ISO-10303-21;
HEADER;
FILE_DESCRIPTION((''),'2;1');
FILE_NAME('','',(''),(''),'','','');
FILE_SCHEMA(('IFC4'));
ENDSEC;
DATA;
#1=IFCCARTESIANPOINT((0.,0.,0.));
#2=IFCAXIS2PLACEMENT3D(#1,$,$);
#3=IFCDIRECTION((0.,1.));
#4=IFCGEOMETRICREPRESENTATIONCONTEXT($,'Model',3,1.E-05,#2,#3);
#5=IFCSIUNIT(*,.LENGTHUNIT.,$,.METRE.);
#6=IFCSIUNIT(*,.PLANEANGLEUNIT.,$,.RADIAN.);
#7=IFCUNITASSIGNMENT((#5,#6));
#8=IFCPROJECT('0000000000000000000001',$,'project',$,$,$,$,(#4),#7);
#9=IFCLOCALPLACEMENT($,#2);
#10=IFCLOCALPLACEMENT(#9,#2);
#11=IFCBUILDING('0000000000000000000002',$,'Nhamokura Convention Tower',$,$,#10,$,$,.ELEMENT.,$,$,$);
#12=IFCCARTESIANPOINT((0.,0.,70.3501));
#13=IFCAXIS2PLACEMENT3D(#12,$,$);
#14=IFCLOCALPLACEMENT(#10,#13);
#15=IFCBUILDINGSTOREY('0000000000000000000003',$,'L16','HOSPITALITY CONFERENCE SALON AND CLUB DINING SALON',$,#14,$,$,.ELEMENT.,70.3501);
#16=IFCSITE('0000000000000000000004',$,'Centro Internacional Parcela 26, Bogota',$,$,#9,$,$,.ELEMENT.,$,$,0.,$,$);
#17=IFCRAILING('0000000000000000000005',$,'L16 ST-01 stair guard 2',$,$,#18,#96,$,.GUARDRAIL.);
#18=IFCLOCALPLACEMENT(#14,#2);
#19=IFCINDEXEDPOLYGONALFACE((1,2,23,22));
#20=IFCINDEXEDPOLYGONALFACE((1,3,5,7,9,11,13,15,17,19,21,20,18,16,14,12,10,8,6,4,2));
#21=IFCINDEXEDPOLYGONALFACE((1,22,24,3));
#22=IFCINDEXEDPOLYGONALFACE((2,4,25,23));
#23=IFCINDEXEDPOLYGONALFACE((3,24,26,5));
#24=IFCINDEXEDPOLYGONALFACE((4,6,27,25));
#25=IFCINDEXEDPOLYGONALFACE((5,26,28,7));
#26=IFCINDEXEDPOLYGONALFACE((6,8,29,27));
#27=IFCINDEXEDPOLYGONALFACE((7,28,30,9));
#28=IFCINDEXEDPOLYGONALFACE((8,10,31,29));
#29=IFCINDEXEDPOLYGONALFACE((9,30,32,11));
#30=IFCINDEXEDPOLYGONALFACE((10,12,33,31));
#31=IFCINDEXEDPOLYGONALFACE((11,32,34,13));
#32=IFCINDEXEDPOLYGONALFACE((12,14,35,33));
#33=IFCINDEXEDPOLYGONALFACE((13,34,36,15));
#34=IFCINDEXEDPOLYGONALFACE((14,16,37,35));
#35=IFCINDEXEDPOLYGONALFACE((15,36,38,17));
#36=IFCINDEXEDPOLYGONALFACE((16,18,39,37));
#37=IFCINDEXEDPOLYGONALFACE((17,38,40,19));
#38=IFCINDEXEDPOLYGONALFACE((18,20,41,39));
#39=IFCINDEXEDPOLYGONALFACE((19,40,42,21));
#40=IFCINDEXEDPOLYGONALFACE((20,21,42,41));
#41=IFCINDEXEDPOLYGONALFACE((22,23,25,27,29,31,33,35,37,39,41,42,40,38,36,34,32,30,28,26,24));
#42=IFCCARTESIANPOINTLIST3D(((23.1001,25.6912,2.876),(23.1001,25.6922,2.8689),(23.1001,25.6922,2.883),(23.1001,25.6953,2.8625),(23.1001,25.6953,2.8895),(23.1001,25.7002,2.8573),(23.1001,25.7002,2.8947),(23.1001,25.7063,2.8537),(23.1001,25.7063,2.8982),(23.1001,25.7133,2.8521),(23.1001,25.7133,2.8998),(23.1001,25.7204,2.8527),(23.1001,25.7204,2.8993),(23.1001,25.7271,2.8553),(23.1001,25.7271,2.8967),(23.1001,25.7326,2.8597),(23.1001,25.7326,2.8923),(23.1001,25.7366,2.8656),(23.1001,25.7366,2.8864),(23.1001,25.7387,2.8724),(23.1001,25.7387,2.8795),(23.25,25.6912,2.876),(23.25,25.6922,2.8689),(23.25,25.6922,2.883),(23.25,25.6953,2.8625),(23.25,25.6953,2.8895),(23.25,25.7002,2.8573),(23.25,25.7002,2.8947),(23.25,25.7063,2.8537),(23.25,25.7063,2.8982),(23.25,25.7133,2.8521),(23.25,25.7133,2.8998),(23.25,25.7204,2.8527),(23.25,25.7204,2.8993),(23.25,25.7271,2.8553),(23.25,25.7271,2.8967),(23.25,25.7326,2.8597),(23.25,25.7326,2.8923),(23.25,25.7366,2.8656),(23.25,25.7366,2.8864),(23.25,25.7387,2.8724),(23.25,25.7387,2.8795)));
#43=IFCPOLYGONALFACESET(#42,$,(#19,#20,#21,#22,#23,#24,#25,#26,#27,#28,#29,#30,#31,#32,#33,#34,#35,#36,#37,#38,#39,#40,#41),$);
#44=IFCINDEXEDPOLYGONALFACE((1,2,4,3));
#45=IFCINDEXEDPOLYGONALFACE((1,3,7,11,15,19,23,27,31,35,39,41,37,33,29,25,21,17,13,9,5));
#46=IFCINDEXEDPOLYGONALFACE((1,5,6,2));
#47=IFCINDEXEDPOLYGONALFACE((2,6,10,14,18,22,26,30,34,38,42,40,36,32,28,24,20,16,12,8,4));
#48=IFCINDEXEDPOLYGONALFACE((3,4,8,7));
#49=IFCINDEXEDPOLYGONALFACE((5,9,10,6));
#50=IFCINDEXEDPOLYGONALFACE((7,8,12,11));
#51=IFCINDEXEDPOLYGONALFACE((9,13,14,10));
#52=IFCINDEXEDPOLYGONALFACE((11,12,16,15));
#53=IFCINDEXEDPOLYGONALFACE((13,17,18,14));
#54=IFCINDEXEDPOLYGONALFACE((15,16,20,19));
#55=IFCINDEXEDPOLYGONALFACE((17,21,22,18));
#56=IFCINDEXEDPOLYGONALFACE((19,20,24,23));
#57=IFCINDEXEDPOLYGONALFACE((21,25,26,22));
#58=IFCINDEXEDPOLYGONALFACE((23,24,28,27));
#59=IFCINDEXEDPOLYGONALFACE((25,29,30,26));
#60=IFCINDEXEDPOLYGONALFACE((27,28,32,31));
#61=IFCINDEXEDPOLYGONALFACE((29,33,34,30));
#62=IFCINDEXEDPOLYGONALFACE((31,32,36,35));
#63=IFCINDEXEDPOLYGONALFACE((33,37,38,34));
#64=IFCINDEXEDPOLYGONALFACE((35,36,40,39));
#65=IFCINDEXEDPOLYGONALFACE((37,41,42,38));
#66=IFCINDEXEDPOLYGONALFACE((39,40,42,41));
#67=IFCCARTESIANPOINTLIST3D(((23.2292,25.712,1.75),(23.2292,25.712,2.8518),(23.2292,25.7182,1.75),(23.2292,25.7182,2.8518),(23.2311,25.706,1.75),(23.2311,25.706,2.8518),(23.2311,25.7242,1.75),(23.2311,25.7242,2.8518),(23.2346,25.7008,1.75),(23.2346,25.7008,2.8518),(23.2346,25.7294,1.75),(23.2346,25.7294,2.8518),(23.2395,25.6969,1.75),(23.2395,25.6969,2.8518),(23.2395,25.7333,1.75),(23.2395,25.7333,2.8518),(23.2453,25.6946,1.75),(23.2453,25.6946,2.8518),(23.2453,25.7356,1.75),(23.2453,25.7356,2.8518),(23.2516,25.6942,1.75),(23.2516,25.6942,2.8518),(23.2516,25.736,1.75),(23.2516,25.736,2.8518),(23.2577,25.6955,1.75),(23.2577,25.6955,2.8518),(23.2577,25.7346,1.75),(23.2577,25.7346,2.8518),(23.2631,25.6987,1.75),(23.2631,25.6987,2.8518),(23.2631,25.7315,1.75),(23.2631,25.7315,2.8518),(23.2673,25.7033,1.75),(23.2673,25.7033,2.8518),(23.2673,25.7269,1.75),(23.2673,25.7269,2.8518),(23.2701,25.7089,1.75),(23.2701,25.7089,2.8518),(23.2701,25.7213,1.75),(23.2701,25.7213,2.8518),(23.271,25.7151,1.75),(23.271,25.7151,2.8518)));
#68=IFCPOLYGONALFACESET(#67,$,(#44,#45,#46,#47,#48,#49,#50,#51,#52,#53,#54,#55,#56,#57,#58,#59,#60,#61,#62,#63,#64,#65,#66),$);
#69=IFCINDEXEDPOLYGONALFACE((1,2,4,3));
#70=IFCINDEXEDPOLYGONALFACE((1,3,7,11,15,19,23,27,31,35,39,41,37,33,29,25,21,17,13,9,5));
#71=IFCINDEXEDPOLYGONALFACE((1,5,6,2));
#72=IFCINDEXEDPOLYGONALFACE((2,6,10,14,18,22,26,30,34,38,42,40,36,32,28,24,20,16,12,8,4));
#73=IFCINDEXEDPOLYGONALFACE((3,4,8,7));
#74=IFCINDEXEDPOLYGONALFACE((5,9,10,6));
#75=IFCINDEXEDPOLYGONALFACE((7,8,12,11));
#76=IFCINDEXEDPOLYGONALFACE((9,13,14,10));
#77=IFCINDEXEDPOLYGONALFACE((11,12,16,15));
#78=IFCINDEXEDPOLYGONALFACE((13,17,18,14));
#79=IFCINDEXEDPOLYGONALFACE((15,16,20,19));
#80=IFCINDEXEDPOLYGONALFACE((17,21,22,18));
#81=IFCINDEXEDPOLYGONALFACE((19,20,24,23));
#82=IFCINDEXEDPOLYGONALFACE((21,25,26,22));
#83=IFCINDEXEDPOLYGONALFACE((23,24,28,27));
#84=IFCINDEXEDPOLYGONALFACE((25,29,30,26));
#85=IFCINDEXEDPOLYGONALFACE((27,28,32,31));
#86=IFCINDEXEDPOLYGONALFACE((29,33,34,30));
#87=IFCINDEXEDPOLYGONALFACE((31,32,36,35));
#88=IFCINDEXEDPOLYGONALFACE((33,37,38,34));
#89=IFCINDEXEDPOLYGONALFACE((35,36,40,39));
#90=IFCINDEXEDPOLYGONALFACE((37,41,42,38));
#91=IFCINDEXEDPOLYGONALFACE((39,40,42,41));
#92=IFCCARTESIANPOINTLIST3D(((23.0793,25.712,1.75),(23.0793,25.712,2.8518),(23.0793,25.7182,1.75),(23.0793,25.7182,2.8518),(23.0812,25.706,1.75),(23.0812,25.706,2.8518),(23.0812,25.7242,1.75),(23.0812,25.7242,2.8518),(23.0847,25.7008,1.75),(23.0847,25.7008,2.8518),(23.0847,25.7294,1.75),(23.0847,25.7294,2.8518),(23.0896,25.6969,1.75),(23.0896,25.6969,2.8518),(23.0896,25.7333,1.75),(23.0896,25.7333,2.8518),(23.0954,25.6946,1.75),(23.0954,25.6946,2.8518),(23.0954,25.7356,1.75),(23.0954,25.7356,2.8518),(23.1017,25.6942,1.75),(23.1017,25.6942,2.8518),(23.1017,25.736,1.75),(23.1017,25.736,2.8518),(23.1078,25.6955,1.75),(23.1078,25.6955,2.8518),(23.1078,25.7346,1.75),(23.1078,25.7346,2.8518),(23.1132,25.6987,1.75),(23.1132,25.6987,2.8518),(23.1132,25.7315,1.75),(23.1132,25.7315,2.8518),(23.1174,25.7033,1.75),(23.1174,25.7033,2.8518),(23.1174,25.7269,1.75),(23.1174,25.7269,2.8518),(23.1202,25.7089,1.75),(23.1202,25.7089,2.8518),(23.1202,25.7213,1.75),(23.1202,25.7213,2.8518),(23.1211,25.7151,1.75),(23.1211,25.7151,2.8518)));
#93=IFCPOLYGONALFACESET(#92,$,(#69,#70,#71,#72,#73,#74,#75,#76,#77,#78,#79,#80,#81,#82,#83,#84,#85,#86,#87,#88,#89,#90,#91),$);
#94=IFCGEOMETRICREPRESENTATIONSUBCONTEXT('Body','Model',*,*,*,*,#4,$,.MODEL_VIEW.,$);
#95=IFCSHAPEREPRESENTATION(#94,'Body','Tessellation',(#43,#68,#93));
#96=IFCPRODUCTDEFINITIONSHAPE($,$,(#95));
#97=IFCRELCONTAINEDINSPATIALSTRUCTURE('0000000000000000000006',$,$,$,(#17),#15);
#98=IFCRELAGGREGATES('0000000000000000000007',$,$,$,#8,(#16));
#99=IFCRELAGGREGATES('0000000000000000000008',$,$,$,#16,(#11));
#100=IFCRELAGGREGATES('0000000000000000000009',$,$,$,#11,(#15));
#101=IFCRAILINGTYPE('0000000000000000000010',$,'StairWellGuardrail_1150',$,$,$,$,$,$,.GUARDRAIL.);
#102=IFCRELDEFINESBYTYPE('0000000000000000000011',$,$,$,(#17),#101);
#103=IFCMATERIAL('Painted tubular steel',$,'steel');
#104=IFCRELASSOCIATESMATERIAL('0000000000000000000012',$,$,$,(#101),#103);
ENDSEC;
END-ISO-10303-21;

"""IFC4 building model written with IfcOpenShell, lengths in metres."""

from ifc_helpers import new_model, si_unit, direction, frame, origin, origin_2d, place, context, subcontext, project, spatial, circle, extrude, material, type_object, element, save


model = new_model("IFC4")

# Units and contexts
model_context = context("Model", 3, precision=1e-05, world=origin(), true_north=direction((0.0, 1.0)))
body_context = subcontext(model_context, "Body", "Model", "MODEL_VIEW")
ifc_project = project(units=[si_unit("LENGTHUNIT", "METRE"), si_unit("PLANEANGLEUNIT", "RADIAN")], contexts=[model_context])

# Site, building, storey
site_placement = place(None, origin())
site = spatial("IfcSite", under=ifc_project, at=site_placement, Name="Centro Internacional Parcela 26, Bogota", CompositionType="ELEMENT", RefElevation=0.0)
building_placement = place(site_placement, origin())
building = spatial("IfcBuilding", under=site, at=building_placement, Name="Nhamokura Convention Tower", CompositionType="ELEMENT")
storey_placement = place(building_placement, frame((0.0, 0.0, 70.3501)))
storey = spatial("IfcBuildingStorey", under=building, at=storey_placement, Name="L16", Description="HOSPITALITY CONFERENCE SALON AND CLUB DINING SALON", CompositionType="ELEMENT", Elevation=70.3501)

# Railing
ifc_material_1 = material(Name="Painted tubular steel", Category="steel")
railing_type_1 = type_object("IfcRailingType", Name="StairWellGuardrail_1150", PredefinedType="GUARDRAIL", material=ifc_material_1)
railing_1_placement = place(storey_placement, frame((23.25, 25.7151, 1.75)))
element("IfcRailing", 1, at=railing_1_placement, inside=storey, type_object=railing_type_1, Name="L16 ST-01 stair guard 2", PredefinedType="GUARDRAIL", context=body_context, shape_type="SweptSolid", body=[
    extrude(circle(Radius=0.0239, at=origin_2d()), frame((0.0, 0.0, 1.126), z_axis=(-1.0, 0.0, 0.0), x_axis=(0.0, -1.0, 0.0)), (0.0, 0.0, 1.0), 0.1499),
    extrude(circle(Radius=0.021, at=origin_2d()), origin(), (0.0, 0.0, 1.0), 1.1018),
    extrude(circle(Radius=0.021, at=origin_2d()), frame((-0.1499, 0.0, 0.0)), (0.0, 0.0, 1.0), 1.1018),
])

save(model, "model.ifc")
